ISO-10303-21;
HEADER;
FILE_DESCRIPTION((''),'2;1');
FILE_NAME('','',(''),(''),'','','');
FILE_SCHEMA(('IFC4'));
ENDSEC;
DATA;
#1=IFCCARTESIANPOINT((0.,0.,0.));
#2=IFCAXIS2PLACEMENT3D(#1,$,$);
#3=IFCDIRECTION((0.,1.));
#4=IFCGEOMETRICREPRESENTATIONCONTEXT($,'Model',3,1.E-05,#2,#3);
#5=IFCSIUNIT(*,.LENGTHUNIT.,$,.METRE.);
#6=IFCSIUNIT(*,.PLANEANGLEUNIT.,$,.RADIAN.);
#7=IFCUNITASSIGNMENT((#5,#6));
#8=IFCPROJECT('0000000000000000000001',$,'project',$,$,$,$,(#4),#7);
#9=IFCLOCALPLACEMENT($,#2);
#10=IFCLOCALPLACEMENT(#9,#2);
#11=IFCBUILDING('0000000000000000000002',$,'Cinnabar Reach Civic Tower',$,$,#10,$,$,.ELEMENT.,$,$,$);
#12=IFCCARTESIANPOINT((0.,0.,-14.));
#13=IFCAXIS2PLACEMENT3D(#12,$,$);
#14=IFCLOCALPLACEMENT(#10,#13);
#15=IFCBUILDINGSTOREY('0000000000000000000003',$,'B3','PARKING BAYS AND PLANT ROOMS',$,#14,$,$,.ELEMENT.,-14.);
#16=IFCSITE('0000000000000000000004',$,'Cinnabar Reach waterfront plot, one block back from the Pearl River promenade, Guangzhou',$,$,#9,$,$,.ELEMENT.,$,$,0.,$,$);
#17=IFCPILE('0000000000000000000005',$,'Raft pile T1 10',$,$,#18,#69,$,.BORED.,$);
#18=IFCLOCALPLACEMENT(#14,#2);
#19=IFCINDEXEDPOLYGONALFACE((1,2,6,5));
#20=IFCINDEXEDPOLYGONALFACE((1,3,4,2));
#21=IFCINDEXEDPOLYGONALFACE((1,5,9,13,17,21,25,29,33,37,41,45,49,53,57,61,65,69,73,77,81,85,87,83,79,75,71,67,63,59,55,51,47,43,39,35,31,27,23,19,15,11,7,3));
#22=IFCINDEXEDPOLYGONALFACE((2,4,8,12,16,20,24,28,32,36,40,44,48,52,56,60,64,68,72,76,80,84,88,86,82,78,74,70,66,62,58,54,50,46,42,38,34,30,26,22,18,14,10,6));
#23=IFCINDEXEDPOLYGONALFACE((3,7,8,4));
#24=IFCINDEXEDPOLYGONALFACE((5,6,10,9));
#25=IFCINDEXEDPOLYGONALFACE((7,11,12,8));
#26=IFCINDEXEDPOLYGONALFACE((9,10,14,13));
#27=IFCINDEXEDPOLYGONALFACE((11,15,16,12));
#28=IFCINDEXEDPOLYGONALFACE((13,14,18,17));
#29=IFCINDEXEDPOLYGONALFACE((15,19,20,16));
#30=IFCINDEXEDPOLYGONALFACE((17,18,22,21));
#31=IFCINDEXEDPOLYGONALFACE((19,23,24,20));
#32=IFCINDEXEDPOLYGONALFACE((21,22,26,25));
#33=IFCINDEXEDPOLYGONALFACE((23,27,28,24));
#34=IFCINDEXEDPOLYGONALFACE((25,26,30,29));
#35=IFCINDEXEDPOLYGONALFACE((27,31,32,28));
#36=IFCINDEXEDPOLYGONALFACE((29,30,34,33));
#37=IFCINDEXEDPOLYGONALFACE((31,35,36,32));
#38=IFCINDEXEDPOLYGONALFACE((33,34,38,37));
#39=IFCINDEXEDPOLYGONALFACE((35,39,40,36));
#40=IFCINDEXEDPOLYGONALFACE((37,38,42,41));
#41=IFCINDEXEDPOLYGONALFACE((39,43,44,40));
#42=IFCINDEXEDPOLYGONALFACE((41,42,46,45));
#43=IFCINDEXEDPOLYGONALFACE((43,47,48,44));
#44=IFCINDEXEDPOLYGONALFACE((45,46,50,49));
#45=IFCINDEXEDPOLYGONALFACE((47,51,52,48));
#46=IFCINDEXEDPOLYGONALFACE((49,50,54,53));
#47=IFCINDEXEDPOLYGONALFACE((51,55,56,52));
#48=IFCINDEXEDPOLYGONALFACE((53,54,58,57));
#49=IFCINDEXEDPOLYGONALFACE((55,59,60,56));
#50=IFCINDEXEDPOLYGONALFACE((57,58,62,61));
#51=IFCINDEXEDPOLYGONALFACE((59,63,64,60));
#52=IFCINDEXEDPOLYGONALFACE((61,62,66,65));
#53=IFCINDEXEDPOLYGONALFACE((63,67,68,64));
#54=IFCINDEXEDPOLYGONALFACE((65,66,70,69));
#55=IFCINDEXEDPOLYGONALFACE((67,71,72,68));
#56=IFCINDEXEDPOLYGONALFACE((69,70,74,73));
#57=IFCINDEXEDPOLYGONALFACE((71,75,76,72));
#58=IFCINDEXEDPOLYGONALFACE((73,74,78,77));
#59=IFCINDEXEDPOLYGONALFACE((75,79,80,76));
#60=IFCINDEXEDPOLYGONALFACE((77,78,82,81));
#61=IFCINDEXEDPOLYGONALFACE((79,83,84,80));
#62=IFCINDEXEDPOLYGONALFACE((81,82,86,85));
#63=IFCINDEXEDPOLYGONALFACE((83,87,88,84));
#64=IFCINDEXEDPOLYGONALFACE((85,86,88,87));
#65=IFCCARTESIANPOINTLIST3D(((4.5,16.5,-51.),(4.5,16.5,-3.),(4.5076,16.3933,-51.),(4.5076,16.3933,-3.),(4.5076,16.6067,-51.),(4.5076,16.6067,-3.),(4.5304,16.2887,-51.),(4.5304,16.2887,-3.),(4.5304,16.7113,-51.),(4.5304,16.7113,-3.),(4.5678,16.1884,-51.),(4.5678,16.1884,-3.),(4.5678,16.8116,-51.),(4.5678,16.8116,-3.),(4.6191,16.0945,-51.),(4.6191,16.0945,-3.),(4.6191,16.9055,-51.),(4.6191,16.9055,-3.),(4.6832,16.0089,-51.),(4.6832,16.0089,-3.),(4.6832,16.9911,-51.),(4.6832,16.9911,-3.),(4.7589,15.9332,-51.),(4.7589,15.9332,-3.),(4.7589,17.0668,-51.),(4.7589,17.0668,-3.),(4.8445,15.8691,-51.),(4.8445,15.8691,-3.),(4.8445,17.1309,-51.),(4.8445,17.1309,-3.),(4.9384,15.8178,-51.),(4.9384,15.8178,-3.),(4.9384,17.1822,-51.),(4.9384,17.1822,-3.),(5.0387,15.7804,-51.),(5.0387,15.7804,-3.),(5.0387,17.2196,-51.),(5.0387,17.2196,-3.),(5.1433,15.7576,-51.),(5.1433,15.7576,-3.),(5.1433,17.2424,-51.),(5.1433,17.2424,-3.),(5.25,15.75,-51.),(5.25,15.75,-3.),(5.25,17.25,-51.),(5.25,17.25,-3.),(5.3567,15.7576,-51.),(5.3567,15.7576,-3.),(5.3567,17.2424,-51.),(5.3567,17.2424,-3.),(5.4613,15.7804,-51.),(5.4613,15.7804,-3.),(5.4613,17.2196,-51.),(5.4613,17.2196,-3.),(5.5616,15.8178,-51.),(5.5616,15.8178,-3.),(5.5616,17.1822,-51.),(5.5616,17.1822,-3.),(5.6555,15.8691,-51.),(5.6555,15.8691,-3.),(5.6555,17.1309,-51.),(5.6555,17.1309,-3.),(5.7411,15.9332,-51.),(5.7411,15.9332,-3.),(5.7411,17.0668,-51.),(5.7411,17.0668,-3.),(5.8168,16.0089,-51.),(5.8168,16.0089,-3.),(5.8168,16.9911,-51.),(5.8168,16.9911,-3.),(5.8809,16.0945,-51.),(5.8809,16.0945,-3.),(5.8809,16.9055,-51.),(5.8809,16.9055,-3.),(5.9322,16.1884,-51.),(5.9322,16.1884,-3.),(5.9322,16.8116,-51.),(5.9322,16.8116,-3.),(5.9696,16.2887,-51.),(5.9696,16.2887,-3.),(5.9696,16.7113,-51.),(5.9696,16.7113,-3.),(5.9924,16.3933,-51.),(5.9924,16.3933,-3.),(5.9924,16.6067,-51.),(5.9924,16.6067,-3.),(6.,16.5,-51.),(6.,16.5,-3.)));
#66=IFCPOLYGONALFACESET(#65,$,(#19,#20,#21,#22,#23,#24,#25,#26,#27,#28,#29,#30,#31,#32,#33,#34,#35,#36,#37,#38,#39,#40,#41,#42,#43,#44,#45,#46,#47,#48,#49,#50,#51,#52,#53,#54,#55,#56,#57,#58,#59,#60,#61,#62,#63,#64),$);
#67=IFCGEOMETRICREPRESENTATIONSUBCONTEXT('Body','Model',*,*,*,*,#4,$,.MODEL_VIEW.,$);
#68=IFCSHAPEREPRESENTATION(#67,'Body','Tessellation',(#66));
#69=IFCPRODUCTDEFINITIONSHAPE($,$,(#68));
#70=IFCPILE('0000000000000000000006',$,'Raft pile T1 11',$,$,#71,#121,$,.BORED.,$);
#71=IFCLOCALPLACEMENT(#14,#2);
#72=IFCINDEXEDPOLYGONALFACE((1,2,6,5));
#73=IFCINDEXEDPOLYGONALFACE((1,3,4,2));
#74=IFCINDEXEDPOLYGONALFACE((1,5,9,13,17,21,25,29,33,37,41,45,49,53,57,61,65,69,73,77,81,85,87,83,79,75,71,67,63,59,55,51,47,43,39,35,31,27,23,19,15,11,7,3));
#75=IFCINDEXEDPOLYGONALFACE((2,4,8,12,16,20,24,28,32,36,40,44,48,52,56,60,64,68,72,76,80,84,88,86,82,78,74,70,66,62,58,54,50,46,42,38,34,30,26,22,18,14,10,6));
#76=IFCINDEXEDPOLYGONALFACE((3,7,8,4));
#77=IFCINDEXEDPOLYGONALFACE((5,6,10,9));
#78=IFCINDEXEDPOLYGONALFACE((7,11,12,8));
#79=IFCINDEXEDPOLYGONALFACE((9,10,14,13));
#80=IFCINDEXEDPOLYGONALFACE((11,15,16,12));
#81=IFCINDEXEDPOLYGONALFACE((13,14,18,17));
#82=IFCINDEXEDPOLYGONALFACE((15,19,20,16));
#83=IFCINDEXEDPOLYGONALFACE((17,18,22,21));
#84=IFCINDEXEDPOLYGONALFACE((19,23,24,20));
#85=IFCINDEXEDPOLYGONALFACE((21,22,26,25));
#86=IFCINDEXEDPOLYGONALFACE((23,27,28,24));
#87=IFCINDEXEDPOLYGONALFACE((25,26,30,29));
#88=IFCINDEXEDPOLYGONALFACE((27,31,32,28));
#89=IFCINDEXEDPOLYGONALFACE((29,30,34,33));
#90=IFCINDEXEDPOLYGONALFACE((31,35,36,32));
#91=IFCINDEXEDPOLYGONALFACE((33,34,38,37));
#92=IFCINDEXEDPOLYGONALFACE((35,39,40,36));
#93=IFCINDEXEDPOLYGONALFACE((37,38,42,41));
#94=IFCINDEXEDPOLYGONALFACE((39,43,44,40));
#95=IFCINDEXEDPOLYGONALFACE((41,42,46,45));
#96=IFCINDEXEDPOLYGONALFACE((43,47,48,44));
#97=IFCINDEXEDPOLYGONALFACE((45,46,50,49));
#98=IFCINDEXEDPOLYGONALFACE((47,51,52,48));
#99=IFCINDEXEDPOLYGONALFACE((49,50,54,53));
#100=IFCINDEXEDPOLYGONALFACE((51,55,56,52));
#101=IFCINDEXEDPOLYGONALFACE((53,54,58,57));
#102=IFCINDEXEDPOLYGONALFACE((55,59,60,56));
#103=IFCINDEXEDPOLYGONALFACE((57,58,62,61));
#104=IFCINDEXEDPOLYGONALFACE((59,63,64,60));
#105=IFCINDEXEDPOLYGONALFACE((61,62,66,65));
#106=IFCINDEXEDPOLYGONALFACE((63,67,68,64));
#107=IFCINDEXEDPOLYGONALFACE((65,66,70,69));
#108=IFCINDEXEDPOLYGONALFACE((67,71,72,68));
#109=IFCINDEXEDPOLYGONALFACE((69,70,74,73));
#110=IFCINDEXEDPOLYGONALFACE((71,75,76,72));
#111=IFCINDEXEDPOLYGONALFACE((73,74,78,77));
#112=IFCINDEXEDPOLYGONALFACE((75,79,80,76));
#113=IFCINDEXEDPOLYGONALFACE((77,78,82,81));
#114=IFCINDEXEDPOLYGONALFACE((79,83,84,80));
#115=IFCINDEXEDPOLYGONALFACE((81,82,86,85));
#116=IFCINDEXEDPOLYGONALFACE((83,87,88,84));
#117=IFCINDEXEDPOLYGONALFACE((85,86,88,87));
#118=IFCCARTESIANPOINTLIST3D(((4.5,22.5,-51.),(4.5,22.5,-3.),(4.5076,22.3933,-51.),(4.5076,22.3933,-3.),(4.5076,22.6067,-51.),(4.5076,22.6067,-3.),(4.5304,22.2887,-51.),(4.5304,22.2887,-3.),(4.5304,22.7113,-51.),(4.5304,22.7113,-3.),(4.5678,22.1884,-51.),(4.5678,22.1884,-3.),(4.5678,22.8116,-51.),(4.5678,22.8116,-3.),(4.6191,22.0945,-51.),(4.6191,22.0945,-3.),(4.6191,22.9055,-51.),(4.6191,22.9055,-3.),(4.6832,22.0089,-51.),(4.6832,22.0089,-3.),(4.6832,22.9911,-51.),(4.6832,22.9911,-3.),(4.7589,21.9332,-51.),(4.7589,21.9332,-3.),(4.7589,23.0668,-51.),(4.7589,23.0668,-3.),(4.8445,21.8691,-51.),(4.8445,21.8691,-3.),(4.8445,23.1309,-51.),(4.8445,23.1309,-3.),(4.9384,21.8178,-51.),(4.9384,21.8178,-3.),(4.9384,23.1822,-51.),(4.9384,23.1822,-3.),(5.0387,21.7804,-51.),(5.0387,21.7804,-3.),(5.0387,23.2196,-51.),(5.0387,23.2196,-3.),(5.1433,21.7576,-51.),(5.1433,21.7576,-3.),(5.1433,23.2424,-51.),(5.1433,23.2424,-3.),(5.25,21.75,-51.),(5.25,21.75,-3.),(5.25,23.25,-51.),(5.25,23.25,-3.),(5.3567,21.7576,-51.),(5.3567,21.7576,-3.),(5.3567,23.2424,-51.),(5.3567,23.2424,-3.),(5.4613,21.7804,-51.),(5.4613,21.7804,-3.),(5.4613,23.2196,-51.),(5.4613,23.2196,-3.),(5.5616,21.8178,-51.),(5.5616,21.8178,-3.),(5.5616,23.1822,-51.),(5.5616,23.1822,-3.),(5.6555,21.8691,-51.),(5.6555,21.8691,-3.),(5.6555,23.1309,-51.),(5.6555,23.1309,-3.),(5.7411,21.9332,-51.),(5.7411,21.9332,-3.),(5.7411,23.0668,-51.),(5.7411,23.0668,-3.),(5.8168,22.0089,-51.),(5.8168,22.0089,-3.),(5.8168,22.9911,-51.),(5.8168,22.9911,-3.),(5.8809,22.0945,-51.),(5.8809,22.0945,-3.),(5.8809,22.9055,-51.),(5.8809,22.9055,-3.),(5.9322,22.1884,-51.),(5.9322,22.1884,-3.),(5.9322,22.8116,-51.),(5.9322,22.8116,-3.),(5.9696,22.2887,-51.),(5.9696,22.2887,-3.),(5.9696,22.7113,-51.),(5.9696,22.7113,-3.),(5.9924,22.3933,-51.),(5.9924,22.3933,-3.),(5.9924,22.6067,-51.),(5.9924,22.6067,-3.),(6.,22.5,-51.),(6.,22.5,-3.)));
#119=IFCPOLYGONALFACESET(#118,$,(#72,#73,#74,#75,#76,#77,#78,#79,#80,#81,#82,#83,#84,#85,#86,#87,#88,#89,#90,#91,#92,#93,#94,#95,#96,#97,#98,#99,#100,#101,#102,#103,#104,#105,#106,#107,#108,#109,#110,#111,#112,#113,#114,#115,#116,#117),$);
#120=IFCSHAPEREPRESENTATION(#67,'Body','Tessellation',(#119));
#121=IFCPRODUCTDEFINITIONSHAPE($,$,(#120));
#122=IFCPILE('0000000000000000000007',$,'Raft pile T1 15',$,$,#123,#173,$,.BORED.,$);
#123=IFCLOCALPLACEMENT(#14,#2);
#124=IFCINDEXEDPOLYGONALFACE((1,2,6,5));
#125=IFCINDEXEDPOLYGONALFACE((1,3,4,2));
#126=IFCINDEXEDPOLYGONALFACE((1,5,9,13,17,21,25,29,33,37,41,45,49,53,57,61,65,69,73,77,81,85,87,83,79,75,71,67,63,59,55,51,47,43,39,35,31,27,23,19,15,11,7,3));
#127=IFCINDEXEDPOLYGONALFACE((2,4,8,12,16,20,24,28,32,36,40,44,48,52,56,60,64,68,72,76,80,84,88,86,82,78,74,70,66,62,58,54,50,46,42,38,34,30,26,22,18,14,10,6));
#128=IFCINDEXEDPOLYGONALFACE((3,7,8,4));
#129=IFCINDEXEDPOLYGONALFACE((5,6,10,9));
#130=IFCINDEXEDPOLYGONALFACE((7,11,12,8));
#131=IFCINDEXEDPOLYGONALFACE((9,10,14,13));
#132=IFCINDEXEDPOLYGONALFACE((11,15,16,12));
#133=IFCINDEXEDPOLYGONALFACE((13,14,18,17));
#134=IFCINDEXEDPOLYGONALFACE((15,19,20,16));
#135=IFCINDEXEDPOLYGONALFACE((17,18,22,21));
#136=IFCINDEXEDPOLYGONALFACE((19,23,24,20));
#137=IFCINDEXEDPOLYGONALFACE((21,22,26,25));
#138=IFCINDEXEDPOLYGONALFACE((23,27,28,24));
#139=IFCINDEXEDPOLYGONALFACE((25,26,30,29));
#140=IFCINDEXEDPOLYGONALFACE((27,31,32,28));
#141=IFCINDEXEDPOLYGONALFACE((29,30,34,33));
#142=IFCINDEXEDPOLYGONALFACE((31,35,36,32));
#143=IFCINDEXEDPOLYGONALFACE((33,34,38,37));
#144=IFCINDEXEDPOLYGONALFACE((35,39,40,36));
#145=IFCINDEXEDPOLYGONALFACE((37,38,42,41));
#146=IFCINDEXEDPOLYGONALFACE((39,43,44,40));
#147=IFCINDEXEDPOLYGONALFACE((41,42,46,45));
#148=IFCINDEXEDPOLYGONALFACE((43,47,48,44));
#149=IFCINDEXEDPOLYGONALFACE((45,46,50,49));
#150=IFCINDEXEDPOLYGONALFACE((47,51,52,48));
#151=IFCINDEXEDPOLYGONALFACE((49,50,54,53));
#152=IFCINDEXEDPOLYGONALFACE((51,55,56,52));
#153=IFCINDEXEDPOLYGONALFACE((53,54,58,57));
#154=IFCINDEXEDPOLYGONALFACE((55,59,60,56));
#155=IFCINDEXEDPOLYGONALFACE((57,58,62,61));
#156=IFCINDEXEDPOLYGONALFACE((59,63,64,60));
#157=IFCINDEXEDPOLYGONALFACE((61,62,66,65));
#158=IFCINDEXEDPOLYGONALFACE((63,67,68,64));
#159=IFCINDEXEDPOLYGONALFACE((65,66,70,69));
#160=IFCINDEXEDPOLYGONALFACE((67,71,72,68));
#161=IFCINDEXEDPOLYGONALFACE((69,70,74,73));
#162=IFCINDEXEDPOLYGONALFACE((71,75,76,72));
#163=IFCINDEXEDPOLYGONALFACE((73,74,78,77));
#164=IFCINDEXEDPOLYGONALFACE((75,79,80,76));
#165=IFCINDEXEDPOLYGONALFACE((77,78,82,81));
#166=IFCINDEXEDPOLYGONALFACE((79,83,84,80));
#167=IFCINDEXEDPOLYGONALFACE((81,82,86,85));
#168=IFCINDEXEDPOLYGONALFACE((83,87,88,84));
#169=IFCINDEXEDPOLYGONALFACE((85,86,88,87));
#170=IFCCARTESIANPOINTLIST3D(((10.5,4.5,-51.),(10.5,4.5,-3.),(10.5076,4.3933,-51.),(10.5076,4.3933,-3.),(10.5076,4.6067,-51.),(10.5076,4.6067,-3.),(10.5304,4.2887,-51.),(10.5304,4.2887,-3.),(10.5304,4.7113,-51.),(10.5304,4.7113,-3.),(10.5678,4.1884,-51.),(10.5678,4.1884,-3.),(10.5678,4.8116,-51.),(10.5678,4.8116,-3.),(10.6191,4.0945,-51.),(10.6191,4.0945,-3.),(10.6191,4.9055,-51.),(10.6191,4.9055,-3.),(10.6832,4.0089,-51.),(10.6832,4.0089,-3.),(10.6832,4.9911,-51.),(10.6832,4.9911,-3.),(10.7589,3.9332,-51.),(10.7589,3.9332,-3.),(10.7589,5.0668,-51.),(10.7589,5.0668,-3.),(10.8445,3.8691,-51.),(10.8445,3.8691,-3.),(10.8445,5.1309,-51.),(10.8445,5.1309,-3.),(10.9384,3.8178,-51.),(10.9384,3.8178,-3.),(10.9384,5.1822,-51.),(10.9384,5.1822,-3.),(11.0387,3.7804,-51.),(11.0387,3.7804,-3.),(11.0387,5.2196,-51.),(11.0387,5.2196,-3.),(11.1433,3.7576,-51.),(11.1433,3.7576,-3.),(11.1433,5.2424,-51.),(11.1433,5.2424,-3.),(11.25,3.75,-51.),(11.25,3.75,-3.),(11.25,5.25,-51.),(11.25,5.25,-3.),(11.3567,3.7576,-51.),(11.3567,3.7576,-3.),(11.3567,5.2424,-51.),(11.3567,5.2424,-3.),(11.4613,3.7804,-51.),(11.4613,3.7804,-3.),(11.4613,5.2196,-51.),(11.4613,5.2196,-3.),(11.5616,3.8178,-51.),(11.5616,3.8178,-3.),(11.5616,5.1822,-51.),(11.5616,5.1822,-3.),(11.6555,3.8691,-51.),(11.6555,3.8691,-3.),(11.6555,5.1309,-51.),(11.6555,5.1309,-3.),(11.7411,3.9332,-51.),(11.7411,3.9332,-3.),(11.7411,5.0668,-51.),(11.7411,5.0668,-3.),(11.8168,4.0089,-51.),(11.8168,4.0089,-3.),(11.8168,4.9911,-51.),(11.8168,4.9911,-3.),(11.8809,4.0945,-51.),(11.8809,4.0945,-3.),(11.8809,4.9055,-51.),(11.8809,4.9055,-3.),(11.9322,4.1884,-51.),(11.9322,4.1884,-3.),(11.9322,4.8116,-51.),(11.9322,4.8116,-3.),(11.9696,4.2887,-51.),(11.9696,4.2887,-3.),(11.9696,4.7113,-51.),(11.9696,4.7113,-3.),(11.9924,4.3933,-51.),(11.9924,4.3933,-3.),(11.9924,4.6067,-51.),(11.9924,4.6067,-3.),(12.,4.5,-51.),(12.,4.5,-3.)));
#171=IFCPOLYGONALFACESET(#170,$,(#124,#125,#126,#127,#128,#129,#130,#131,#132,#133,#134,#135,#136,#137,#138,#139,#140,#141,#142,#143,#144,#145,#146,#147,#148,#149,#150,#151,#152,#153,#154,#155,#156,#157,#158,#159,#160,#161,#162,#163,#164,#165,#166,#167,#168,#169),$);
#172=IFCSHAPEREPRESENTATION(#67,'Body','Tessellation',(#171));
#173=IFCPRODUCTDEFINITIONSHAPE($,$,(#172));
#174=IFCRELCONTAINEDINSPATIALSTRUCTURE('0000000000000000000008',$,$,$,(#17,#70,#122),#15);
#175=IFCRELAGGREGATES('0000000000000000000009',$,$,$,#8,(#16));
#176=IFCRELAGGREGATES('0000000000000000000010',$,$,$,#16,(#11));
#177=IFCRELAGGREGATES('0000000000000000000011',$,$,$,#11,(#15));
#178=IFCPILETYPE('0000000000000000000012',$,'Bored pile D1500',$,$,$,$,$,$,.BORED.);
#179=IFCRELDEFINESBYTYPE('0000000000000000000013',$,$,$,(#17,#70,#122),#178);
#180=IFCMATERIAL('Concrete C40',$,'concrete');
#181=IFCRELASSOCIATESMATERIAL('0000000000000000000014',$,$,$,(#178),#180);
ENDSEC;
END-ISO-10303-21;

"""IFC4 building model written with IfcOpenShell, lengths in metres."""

from ifc_helpers import new_model, si_unit, direction, frame, origin, origin_2d, place, context, subcontext, project, spatial, circle, extrude, material, type_object, element, save


model = new_model("IFC4")

# Units and contexts
model_context = context("Model", 3, precision=1e-05, world=origin(), true_north=direction((0.0, 1.0)))
body_context = subcontext(model_context, "Body", "Model", "MODEL_VIEW")
ifc_project = project(units=[si_unit("LENGTHUNIT", "METRE"), si_unit("PLANEANGLEUNIT", "RADIAN")], contexts=[model_context])

# Site, building, storey
site_placement = place(None, origin())
site = spatial("IfcSite", under=ifc_project, at=site_placement, Name="Cinnabar Reach waterfront plot, one block back from the Pearl River promenade, Guangzhou", CompositionType="ELEMENT", RefElevation=0.0)
building_placement = place(site_placement, origin())
building = spatial("IfcBuilding", under=site, at=building_placement, Name="Cinnabar Reach Civic Tower", CompositionType="ELEMENT")
storey_placement = place(building_placement, frame((0.0, 0.0, -14.0)))
storey = spatial("IfcBuildingStorey", under=building, at=storey_placement, Name="B3", Description="PARKING BAYS AND PLANT ROOMS", CompositionType="ELEMENT", Elevation=-14.0)

# Piles
ifc_material_1 = material(Name="Concrete C40", Category="concrete")
pile_type_1 = type_object("IfcPileType", Name="Bored pile D1500", PredefinedType="BORED", material=ifc_material_1)
for number, where, z_axis, x_axis, name in (
    (1, (5.25, 16.5, -3.0), (0.0, 0.0, -1.0), (1.0, 0.0, 0.0), "Raft pile T1 10"),
    (2, (5.25, 22.5, -3.0), (0.0, 0.0, -1.0), (1.0, 0.0, 0.0), "Raft pile T1 11"),
    (3, (11.25, 4.5, -3.0), (0.0, 0.0, -1.0), (1.0, 0.0, 0.0), "Raft pile T1 15"),
):
    element("IfcPile", number, at=place(storey_placement, frame(where, z_axis=z_axis, x_axis=x_axis)), inside=storey, type_object=pile_type_1, Name=name, PredefinedType="BORED", context=body_context, shape_type="SweptSolid", body=[
        extrude(circle(Radius=0.75, at=origin_2d()), origin(), (0.0, 0.0, 1.0), 48.0),
    ])

save(model, "model.ifc")
